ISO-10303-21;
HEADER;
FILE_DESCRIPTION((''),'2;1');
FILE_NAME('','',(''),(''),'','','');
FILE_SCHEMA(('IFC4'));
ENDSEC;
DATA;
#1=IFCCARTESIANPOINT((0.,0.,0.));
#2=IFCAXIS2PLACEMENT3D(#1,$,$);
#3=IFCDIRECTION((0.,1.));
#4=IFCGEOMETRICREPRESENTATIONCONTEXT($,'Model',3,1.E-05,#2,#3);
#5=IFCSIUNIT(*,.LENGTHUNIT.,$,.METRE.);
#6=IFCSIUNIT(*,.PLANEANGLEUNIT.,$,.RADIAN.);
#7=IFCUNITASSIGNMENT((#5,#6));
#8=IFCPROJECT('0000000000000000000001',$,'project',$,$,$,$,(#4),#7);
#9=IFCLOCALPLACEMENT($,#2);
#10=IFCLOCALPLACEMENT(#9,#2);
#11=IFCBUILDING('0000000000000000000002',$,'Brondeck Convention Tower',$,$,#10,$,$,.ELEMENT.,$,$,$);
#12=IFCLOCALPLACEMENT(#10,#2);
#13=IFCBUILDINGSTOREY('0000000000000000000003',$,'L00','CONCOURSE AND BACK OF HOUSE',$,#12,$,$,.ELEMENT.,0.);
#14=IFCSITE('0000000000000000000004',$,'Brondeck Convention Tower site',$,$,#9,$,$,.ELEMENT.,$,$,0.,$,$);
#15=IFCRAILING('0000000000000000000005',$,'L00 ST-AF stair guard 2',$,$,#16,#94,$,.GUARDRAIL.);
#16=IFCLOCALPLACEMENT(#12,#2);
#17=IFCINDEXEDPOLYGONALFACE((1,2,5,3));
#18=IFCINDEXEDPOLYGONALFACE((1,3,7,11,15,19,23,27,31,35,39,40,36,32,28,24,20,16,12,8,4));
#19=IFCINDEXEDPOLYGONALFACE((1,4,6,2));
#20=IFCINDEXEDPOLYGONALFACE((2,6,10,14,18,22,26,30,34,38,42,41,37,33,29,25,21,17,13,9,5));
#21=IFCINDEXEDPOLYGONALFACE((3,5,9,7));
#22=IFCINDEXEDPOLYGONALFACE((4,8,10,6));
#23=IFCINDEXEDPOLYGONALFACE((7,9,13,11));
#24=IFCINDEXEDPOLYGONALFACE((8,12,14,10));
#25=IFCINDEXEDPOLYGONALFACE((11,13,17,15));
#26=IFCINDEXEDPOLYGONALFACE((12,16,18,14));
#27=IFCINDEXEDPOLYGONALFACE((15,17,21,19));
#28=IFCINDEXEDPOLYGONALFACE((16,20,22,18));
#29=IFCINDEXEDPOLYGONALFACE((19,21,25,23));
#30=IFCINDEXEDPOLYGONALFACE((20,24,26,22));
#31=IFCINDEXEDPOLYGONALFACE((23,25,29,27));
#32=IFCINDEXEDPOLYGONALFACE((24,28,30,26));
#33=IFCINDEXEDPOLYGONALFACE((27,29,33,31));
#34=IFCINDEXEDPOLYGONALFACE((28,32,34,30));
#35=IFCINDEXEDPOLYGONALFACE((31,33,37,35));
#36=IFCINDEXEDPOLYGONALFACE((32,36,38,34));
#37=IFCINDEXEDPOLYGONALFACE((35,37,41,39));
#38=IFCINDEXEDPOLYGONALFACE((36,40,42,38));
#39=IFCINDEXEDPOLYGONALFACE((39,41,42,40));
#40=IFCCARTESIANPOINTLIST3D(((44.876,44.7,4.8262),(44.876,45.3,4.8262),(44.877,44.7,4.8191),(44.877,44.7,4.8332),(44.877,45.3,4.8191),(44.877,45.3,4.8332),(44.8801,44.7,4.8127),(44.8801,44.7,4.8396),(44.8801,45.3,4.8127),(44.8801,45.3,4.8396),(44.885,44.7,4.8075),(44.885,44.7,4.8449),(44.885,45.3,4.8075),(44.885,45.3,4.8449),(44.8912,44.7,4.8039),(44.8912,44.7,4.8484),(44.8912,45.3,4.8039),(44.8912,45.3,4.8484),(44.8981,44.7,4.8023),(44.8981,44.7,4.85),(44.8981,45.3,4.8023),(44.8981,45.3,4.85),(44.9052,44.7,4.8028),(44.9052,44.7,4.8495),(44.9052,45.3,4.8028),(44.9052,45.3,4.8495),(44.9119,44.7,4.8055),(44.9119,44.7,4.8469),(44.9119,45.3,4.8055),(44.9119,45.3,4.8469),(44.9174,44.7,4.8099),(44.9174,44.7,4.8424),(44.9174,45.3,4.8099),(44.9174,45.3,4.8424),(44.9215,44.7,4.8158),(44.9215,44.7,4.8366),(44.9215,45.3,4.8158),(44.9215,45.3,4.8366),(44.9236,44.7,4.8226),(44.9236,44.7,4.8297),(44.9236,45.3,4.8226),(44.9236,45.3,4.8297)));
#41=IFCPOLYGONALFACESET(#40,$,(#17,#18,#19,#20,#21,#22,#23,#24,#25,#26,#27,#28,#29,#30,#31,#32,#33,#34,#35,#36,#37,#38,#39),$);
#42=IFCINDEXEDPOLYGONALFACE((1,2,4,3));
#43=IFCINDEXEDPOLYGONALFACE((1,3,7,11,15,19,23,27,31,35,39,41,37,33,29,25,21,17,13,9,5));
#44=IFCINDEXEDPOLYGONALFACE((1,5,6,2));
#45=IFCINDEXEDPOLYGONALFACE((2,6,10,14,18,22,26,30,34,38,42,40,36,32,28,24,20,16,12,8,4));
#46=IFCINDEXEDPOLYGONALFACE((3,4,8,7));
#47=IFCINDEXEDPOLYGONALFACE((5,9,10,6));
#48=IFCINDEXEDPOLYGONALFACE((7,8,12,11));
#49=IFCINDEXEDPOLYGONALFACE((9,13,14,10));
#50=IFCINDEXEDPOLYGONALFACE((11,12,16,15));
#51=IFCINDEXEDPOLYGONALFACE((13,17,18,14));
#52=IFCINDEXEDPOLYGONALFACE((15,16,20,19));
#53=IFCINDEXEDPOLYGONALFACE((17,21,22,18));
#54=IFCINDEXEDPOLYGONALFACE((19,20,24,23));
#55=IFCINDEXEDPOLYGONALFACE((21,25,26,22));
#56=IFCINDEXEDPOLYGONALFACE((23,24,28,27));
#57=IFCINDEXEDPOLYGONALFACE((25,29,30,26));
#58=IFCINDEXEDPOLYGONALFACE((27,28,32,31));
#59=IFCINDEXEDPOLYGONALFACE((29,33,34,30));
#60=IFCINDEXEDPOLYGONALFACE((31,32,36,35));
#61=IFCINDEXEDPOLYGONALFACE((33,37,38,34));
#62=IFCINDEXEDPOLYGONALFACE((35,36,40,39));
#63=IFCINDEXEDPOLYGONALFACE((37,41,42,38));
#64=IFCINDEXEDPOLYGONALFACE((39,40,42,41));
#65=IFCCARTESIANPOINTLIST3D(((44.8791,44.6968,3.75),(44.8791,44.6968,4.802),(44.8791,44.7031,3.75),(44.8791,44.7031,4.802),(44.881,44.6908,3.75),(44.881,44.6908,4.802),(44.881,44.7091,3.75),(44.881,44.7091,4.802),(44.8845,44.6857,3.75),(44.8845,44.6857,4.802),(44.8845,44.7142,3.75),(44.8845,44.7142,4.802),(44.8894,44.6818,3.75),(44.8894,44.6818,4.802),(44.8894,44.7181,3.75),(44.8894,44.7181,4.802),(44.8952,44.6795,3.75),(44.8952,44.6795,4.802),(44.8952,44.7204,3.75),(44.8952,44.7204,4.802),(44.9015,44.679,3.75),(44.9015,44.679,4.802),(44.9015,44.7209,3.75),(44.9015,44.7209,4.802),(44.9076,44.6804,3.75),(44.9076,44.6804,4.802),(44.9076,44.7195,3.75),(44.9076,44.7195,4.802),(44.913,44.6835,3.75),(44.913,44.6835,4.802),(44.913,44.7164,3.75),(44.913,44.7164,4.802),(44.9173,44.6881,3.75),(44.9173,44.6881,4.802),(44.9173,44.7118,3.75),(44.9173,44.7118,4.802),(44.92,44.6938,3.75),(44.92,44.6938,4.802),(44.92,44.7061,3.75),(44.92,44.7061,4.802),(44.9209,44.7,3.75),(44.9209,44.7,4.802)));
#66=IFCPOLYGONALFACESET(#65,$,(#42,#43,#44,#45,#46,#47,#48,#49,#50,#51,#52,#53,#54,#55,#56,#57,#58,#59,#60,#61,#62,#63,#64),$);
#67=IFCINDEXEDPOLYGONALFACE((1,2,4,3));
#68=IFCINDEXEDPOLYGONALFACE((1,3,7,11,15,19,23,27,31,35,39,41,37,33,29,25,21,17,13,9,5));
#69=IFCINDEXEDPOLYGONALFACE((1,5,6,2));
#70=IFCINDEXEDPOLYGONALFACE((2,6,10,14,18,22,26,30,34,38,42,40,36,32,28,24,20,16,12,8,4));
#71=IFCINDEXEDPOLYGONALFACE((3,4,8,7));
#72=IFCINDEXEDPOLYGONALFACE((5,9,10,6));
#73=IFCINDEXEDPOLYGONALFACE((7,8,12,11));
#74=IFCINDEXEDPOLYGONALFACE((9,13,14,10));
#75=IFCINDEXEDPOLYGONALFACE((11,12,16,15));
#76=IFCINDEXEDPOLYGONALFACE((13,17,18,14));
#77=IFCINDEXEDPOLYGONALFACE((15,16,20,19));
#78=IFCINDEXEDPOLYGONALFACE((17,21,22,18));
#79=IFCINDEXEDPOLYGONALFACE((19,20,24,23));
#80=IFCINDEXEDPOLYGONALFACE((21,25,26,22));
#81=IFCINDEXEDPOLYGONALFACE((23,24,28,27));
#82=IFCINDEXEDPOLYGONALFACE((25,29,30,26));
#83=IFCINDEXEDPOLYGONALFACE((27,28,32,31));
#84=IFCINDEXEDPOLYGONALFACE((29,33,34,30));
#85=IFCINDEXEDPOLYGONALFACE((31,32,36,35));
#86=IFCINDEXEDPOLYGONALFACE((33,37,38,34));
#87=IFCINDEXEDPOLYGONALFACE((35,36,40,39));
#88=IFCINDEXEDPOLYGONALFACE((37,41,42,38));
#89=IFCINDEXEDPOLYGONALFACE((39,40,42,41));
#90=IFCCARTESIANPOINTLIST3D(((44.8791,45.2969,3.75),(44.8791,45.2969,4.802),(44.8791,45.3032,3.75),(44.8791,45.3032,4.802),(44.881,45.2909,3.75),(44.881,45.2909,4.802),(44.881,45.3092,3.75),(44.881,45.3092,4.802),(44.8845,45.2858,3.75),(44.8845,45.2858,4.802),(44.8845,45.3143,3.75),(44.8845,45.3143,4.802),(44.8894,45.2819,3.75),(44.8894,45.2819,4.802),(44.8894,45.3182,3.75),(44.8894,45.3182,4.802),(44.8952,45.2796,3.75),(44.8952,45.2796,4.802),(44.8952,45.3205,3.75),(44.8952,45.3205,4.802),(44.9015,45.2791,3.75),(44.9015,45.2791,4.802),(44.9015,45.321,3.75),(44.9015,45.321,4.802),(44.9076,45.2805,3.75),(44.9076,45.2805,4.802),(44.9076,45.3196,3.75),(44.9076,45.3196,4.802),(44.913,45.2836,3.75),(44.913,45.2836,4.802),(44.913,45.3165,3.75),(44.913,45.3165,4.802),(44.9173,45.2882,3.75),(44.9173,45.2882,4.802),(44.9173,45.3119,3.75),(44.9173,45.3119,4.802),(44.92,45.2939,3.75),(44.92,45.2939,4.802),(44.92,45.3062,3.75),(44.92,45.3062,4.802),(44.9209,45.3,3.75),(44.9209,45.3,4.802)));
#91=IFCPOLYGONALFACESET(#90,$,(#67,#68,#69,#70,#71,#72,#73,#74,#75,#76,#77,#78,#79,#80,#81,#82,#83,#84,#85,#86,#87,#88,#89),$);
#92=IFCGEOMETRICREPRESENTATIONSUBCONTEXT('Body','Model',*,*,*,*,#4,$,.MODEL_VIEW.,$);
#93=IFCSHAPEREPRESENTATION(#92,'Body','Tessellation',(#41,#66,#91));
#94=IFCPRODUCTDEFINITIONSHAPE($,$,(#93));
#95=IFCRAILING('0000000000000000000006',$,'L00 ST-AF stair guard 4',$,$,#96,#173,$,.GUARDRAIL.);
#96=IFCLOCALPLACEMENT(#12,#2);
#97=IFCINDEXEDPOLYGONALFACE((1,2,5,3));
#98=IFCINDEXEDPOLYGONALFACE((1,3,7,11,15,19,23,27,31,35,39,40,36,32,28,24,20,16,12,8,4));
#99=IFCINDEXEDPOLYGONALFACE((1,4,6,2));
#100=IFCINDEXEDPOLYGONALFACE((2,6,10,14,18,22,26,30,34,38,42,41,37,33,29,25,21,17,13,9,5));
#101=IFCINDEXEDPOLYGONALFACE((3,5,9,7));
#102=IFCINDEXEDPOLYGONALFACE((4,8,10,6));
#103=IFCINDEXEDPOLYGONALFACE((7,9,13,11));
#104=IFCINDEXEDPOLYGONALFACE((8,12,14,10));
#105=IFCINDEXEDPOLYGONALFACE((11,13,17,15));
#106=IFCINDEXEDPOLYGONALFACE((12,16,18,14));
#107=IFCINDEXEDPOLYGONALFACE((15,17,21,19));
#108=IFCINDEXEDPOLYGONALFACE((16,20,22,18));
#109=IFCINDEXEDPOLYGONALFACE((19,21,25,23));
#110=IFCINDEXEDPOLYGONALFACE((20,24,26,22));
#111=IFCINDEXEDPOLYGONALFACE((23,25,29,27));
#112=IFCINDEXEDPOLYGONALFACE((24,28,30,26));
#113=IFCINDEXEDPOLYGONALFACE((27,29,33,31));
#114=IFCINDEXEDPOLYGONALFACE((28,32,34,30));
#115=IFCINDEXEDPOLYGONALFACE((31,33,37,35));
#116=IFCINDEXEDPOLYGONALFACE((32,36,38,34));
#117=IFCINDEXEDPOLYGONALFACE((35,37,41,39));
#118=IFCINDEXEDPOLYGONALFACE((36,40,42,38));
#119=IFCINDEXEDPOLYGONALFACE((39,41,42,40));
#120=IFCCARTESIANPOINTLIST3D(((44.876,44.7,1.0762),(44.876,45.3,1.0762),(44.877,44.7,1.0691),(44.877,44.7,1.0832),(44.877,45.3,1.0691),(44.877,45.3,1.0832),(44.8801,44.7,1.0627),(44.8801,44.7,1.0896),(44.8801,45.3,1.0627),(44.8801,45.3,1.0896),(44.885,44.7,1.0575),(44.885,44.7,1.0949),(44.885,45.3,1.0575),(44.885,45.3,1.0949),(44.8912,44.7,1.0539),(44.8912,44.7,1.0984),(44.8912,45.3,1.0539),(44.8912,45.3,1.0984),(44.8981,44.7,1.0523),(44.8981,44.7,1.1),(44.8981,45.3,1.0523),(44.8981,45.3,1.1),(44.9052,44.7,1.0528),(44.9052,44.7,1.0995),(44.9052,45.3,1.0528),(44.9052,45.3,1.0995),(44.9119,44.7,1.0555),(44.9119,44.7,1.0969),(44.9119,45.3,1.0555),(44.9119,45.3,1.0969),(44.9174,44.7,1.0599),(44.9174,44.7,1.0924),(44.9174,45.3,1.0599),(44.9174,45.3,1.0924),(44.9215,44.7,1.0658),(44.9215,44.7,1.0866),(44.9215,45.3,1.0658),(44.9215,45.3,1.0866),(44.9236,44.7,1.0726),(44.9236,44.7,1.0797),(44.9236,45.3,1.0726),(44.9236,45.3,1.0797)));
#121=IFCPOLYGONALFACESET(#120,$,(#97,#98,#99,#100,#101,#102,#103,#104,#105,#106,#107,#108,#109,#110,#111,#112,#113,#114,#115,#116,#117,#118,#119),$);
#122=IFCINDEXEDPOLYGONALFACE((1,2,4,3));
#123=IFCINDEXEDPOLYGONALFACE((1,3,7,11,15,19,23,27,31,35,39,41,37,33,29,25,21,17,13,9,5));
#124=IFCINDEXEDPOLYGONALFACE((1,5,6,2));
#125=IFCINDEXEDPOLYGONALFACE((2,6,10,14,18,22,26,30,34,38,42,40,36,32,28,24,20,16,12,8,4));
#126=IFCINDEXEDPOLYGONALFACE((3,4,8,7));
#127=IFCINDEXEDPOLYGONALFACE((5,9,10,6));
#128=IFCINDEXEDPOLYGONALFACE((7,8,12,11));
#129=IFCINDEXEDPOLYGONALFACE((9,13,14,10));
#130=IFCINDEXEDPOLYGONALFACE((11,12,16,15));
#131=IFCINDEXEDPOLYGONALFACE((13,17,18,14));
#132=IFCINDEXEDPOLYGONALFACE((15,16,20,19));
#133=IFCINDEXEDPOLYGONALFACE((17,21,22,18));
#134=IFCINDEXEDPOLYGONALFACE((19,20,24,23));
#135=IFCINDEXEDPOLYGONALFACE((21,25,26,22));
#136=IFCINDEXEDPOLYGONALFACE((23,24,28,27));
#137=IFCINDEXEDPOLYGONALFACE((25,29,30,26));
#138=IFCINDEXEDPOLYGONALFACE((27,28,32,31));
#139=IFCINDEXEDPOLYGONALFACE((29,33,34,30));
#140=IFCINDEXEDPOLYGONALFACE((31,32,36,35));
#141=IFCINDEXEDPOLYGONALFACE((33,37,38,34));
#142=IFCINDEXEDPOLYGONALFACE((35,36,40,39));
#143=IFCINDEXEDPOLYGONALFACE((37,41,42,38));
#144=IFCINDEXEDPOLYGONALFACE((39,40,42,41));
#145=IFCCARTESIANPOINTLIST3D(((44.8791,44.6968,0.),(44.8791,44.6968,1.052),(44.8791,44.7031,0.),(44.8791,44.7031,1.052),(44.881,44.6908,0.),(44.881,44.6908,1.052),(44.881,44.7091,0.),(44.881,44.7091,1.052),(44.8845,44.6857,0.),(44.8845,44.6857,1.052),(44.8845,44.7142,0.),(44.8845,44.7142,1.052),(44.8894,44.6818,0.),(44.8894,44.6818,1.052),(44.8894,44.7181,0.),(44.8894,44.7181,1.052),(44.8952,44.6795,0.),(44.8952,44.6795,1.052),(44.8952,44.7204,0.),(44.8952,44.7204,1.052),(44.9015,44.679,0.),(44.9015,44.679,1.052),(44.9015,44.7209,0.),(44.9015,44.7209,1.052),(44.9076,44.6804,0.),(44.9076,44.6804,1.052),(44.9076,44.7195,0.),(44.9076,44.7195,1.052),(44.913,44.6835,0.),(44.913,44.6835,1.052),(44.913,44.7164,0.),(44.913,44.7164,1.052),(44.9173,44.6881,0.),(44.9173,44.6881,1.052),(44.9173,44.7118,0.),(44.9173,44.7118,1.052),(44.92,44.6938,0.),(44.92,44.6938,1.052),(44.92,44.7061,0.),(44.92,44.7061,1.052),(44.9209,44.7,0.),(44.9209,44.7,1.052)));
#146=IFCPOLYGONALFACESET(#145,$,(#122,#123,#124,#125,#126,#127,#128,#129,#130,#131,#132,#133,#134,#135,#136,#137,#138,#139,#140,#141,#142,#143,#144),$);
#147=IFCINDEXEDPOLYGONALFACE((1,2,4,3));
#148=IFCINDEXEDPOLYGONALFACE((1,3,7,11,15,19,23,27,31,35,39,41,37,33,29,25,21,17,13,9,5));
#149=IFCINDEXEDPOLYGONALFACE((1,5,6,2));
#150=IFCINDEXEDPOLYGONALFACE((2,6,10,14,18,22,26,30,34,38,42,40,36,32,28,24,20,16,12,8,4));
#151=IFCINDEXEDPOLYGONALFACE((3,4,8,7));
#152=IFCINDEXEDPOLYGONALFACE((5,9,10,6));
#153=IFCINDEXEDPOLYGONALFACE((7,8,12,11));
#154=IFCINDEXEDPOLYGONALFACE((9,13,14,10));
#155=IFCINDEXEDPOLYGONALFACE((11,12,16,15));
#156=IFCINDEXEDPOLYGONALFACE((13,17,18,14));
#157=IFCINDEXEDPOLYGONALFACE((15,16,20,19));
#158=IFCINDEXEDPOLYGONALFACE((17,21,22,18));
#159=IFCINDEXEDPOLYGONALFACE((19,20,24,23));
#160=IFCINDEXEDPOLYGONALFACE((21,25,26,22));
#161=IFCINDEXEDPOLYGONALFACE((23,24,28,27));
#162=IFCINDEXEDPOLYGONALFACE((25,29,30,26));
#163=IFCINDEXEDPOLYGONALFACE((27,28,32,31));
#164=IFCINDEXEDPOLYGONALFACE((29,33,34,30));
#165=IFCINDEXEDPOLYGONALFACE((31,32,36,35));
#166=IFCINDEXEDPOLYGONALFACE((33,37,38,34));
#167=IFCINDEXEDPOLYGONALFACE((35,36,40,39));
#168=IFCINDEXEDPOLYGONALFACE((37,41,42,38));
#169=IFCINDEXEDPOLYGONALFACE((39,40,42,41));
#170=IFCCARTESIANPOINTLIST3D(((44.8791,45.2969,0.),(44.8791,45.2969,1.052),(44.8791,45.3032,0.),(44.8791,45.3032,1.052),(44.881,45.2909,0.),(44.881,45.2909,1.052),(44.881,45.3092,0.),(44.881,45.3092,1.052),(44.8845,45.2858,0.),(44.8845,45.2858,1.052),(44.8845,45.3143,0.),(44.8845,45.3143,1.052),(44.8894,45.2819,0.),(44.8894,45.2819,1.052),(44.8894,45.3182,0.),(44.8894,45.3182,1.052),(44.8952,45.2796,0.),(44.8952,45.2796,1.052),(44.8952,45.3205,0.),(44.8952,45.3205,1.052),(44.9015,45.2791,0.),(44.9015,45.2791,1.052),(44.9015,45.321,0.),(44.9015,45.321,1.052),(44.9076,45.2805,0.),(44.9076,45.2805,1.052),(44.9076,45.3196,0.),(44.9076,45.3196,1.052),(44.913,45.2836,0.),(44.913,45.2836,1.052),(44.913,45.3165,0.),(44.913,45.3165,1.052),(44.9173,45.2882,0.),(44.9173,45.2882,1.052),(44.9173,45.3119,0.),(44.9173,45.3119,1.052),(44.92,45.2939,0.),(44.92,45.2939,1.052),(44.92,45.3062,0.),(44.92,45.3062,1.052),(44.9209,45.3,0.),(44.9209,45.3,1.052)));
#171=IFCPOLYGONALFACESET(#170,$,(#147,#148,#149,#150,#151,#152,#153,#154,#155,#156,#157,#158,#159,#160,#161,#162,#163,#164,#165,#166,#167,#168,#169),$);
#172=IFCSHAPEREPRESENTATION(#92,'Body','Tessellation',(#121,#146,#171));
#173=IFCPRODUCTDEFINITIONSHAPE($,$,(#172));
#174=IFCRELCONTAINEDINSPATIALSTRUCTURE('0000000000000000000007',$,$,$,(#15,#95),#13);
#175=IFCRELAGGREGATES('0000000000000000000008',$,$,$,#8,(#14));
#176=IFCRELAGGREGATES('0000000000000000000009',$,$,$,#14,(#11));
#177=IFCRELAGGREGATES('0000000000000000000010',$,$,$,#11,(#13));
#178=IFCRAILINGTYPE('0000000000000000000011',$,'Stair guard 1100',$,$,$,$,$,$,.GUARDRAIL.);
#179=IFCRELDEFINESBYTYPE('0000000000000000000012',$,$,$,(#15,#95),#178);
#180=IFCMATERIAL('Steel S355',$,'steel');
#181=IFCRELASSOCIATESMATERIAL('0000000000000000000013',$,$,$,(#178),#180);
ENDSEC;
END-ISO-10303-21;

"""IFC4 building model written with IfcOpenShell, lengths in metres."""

from ifc_helpers import new_model, si_unit, direction, frame, origin, origin_2d, place, context, subcontext, project, spatial, circle, extrude, material, type_object, element, save


model = new_model("IFC4")

# Units and contexts
model_context = context("Model", 3, precision=1e-05, world=origin(), true_north=direction((0.0, 1.0)))
body_context = subcontext(model_context, "Body", "Model", "MODEL_VIEW")
ifc_project = project(units=[si_unit("LENGTHUNIT", "METRE"), si_unit("PLANEANGLEUNIT", "RADIAN")], contexts=[model_context])

# Site, building, storey
site_placement = place(None, origin())
site = spatial("IfcSite", under=ifc_project, at=site_placement, Name="Brondeck Convention Tower site", CompositionType="ELEMENT", RefElevation=0.0)
building_placement = place(site_placement, origin())
building = spatial("IfcBuilding", under=site, at=building_placement, Name="Brondeck Convention Tower", CompositionType="ELEMENT")
storey_placement = place(building_placement, origin())
storey = spatial("IfcBuildingStorey", under=building, at=storey_placement, Name="L00", Description="CONCOURSE AND BACK OF HOUSE", CompositionType="ELEMENT", Elevation=0.0)

# Shared definitions
ifc_material_1 = material(Name="Steel S355", Category="steel")

# Railings
railing_type_1 = type_object("IfcRailingType", Name="Stair guard 1100", PredefinedType="GUARDRAIL", material=ifc_material_1)
railing_1_placement = place(storey_placement, frame((44.8999, 44.7, 3.75)))
element("IfcRailing", 1, at=railing_1_placement, inside=storey, type_object=railing_type_1, Name="L00 ST-AF stair guard 2", PredefinedType="GUARDRAIL", context=body_context, shape_type="SweptSolid", body=[
    extrude(circle(Radius=0.0239, at=origin_2d()), frame((0.0, 0.0, 1.0762), z_axis=(0.0, 1.0, 0.0), x_axis=(-1.0, 0.0, 0.0)), (0.0, 0.0, 1.0), 0.6001),
    extrude(circle(Radius=0.021, at=origin_2d()), origin(), (0.0, 0.0, 1.0), 1.052),
    extrude(circle(Radius=0.021, at=origin_2d()), frame((0.0, 0.6001, 0.0)), (0.0, 0.0, 1.0), 1.052),
])
railing_2_placement = place(storey_placement, frame((44.8999, 44.7, 0.0)))
element("IfcRailing", 2, at=railing_2_placement, inside=storey, type_object=railing_type_1, Name="L00 ST-AF stair guard 4", PredefinedType="GUARDRAIL", context=body_context, shape_type="SweptSolid", body=[
    extrude(circle(Radius=0.0239, at=origin_2d()), frame((0.0, 0.0, 1.0762), z_axis=(0.0, 1.0, 0.0), x_axis=(-1.0, 0.0, 0.0)), (0.0, 0.0, 1.0), 0.6001),
    extrude(circle(Radius=0.021, at=origin_2d()), origin(), (0.0, 0.0, 1.0), 1.052),
    extrude(circle(Radius=0.021, at=origin_2d()), frame((0.0, 0.6001, 0.0)), (0.0, 0.0, 1.0), 1.052),
])

save(model, "model.ifc")
